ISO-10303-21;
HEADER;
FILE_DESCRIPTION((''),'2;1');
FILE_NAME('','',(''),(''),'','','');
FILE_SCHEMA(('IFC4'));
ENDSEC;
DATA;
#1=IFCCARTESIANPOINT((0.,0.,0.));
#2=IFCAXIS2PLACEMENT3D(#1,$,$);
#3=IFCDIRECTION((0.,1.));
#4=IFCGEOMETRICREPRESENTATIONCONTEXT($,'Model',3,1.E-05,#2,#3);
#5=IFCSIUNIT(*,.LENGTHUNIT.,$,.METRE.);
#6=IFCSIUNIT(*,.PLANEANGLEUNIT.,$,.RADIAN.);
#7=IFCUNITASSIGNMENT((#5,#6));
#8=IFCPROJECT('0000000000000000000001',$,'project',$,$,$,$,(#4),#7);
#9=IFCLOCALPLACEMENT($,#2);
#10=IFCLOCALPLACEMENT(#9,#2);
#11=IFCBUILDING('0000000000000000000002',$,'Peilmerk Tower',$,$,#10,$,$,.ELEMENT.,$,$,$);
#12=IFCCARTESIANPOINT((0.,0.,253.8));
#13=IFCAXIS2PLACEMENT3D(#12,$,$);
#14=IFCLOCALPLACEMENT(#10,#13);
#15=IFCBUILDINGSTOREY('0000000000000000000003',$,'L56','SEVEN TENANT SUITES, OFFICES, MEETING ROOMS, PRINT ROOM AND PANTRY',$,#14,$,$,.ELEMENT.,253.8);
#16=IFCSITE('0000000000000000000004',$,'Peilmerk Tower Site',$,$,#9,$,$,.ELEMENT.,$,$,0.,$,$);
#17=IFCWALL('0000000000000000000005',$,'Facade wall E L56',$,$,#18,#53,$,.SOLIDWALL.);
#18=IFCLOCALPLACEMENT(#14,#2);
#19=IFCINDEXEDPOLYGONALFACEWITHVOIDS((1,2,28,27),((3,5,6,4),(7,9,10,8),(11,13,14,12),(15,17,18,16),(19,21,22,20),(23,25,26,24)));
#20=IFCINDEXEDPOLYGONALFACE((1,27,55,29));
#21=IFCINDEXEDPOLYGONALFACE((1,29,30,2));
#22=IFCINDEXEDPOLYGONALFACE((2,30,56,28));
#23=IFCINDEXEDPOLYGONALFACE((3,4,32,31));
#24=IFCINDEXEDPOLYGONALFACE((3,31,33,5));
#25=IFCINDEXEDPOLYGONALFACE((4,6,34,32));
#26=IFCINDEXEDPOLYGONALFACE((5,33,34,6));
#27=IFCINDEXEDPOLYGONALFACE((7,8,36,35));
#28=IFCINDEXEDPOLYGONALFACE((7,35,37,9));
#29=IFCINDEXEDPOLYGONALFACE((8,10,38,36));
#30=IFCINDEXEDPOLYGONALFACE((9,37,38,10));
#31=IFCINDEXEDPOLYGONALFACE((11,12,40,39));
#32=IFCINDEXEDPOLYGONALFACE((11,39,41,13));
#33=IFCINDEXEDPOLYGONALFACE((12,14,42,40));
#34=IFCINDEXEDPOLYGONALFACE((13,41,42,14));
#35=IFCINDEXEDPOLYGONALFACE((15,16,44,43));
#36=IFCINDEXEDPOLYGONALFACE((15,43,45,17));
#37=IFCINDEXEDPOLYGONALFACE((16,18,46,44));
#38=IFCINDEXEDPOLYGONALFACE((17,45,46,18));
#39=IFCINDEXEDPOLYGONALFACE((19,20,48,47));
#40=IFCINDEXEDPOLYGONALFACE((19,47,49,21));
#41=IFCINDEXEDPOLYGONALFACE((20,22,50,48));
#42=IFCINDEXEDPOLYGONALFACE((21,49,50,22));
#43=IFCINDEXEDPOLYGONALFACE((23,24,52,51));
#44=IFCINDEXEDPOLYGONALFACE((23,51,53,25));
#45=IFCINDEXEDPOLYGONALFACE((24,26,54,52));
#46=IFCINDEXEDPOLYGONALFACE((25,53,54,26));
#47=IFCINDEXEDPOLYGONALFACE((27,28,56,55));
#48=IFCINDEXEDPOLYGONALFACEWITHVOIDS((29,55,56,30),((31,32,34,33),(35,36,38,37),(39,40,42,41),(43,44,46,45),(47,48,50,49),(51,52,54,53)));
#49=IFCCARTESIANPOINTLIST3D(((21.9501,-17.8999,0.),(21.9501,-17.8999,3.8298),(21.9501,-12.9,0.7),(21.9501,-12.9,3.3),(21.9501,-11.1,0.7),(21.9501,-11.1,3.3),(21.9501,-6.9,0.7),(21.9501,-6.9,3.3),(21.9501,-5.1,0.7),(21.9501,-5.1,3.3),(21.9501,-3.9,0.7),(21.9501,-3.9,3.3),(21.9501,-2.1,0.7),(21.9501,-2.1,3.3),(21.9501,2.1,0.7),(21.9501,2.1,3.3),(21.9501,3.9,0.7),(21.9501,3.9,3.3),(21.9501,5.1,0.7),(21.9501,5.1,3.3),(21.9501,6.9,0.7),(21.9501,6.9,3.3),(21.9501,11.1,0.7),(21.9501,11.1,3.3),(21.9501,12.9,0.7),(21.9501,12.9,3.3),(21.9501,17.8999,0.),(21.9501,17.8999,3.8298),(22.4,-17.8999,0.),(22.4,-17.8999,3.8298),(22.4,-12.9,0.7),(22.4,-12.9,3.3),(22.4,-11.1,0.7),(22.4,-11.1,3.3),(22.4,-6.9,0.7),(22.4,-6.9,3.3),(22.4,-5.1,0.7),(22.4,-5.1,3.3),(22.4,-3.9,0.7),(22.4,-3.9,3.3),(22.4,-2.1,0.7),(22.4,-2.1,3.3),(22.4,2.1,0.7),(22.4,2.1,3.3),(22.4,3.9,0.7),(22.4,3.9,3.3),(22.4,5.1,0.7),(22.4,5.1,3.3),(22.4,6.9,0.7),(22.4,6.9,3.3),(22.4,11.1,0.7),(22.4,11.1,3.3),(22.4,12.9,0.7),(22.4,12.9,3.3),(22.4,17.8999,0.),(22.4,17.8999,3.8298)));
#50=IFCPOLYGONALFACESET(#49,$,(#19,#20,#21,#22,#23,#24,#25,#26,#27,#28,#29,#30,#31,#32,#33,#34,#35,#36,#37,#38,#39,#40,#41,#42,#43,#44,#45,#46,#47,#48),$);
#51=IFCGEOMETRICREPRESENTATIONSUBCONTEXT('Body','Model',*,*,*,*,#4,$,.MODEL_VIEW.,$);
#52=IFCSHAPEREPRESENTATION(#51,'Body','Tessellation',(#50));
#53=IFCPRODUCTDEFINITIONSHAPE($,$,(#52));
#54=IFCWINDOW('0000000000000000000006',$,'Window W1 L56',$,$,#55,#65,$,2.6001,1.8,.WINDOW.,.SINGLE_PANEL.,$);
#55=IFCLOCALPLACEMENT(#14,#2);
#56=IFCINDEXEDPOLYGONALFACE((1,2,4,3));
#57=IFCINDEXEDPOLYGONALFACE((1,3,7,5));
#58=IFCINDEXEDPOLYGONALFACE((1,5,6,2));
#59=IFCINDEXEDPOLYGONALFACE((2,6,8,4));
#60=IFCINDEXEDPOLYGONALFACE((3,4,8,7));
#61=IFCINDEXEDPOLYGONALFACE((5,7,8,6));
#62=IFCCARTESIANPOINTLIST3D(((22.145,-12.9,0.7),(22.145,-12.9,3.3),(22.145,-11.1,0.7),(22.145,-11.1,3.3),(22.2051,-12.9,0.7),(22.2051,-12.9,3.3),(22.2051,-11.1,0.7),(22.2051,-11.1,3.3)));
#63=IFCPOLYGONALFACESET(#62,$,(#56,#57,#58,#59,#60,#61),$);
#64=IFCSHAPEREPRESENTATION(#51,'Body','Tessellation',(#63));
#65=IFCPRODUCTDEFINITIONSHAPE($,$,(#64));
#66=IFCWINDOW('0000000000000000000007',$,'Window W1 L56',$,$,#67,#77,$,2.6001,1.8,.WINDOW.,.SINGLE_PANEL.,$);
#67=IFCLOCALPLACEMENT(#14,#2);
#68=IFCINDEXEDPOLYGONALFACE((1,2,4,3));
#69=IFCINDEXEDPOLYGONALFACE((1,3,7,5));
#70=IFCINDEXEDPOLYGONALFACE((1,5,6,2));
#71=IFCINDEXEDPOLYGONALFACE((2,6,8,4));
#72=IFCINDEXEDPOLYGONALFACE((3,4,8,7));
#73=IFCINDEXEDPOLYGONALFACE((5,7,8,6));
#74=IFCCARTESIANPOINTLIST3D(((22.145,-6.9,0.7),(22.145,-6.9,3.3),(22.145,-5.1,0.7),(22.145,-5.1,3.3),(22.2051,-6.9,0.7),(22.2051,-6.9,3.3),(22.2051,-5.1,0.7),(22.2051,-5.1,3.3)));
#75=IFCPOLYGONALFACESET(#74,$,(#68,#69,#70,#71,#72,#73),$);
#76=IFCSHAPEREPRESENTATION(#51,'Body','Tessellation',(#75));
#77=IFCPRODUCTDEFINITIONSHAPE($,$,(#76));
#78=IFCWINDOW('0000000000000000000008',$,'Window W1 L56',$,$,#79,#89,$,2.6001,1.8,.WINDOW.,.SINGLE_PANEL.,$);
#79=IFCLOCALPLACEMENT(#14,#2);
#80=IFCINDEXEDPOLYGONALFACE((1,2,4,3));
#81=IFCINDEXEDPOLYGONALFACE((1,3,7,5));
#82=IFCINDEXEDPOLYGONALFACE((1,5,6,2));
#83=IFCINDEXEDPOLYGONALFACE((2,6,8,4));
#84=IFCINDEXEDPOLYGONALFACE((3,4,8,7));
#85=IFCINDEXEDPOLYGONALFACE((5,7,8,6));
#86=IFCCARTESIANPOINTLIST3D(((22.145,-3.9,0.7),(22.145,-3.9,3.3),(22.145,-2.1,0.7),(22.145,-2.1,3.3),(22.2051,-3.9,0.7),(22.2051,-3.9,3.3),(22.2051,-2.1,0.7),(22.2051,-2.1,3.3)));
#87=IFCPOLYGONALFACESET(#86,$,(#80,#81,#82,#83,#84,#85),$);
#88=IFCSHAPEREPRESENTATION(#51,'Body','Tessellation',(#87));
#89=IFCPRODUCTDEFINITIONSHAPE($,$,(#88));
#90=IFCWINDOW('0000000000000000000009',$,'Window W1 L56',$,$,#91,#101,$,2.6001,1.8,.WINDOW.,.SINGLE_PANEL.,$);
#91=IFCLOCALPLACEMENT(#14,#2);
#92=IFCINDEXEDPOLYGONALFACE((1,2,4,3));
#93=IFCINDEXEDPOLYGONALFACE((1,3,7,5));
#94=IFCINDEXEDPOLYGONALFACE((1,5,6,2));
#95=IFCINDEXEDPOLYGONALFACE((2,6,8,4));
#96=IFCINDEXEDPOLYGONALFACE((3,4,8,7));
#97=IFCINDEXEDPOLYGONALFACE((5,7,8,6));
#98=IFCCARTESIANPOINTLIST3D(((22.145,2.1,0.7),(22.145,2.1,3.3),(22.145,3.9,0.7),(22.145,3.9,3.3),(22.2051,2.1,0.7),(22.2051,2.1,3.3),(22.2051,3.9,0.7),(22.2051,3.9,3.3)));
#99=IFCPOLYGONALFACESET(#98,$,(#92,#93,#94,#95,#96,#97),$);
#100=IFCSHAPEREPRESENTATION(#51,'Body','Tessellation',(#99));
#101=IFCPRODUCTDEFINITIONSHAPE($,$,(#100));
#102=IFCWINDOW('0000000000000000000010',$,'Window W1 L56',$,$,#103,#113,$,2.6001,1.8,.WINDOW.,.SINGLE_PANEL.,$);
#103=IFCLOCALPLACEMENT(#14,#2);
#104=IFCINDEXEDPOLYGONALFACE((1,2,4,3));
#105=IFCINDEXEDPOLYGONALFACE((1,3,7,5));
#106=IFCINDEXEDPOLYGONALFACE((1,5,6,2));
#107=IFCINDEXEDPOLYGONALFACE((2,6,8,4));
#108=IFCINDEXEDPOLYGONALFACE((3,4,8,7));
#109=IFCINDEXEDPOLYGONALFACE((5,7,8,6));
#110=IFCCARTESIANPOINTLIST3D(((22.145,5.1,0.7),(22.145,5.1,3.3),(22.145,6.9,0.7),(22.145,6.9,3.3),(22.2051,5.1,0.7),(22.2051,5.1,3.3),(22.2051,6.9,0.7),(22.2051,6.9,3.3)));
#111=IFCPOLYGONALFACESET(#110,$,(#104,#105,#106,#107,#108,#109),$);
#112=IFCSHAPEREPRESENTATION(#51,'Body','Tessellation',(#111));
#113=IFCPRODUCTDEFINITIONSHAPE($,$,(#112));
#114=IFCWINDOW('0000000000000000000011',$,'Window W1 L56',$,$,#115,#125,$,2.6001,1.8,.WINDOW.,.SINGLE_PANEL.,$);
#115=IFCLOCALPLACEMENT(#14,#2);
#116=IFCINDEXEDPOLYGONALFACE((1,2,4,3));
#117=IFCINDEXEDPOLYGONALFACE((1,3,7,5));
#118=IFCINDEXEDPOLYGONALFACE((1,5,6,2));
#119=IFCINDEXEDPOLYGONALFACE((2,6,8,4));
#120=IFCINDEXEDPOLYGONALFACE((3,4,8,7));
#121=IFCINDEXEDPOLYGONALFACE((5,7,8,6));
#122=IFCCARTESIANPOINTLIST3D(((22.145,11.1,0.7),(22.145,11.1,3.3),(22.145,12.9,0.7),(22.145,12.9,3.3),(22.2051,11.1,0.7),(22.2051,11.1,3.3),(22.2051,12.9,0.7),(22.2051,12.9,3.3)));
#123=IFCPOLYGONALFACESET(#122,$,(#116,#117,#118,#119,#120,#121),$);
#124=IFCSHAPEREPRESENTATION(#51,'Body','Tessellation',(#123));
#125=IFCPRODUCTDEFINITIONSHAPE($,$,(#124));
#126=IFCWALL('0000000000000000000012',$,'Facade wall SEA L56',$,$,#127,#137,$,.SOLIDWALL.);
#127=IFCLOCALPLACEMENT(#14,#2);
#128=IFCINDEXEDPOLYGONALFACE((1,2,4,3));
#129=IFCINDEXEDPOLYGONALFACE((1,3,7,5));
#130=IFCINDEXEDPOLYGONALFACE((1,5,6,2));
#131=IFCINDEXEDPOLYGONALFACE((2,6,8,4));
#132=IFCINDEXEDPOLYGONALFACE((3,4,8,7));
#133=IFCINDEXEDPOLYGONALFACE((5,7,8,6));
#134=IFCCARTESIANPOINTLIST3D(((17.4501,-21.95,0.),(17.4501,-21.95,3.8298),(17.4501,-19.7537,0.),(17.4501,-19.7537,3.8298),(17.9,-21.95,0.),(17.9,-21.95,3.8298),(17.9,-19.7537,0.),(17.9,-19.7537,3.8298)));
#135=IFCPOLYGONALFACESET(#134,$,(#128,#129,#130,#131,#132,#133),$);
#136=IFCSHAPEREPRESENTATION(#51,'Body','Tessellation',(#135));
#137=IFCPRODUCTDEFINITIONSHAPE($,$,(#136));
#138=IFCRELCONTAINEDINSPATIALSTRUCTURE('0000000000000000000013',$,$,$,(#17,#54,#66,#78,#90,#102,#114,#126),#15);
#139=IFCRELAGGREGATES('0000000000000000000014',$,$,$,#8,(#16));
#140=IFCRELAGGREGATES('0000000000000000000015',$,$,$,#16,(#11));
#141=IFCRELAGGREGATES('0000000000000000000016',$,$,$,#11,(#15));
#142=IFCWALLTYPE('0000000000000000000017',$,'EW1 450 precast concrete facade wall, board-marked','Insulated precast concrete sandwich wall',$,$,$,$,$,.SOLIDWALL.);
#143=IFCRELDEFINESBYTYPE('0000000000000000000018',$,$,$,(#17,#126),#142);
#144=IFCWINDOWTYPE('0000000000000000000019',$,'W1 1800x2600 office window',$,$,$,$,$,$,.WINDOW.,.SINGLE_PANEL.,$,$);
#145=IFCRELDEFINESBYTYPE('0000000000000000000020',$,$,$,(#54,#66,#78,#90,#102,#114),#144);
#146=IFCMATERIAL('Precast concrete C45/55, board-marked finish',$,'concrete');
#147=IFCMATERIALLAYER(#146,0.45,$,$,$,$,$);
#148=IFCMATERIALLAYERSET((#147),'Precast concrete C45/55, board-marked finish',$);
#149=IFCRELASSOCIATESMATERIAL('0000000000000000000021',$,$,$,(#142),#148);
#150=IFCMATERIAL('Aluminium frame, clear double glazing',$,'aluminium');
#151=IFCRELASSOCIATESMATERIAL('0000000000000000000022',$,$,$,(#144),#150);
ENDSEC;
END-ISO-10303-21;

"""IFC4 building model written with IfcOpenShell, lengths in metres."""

from ifc_helpers import new_model, si_unit, direction, frame, frame_2d, origin, place, context, subcontext, project, spatial, rectangle, extrude, material, layer, layer_set, type_object, element, fill, save


model = new_model("IFC4")

# Units and contexts
model_context = context("Model", 3, precision=1e-05, world=origin(), true_north=direction((0.0, 1.0)))
body_context = subcontext(model_context, "Body", "Model", "MODEL_VIEW")
ifc_project = project(units=[si_unit("LENGTHUNIT", "METRE"), si_unit("PLANEANGLEUNIT", "RADIAN")], contexts=[model_context])

# Site, building, storey
site_placement = place(None, origin())
site = spatial("IfcSite", under=ifc_project, at=site_placement, Name="Peilmerk Tower Site", CompositionType="ELEMENT", RefElevation=0.0)
building_placement = place(site_placement, origin())
building = spatial("IfcBuilding", under=site, at=building_placement, Name="Peilmerk Tower", CompositionType="ELEMENT")
storey_placement = place(building_placement, frame((0.0, 0.0, 253.8)))
storey = spatial("IfcBuildingStorey", under=building, at=storey_placement, Name="L56", Description="SEVEN TENANT SUITES, OFFICES, MEETING ROOMS, PRINT ROOM AND PANTRY", CompositionType="ELEMENT", Elevation=253.8)

# Wall, openings, windows
ifc_material_1 = material(Name="Precast concrete C45/55, board-marked finish", Category="concrete")
ifc_layer_1 = layer(ifc_material_1, 0.45)
ifc_layer_set_1 = layer_set([ifc_layer_1], Name="Precast concrete C45/55, board-marked finish")
wall_type = type_object("IfcWallType", Name="EW1 450 precast concrete facade wall, board-marked", Description="Insulated precast concrete sandwich wall", PredefinedType="SOLIDWALL", material=ifc_layer_set_1)
wall_1_placement = place(storey_placement, frame((22.175, -17.8999, 0.0), z_axis=(0.0, 0.0, 1.0), x_axis=(0.0, 1.0, 0.0)))
wall_1 = element("IfcWall", 1, at=wall_1_placement, inside=storey, type_object=wall_type, Name="Facade wall E L56", PredefinedType="SOLIDWALL", context=body_context, shape_type="SweptSolid", body=[
    extrude(rectangle(XDim=35.7998, YDim=0.45, at=frame_2d((17.8999, 0.0))), origin(), (0.0, 0.0, 1.0), 3.8298),
])
opening_1_placement = place(wall_1_placement, frame((5.0, 0.0, 0.7)))
opening_1 = element("IfcOpeningElement", 2, at=opening_1_placement, cuts=wall_1, PredefinedType="OPENING", context=body_context, shape_type="SweptSolid", body=[
    extrude(rectangle(XDim=1.8, YDim=2.6001, at=frame_2d((0.8999, 1.3))), frame((0.0, 0.2349, 0.0), z_axis=(0.0, -1.0, 0.0), x_axis=(1.0, 0.0, 0.0)), (0.0, 0.0, 1.0), 0.47),
])
opening_2_placement = place(wall_1_placement, frame((11.0, 0.0, 0.7)))
opening_2 = element("IfcOpeningElement", 3, at=opening_2_placement, cuts=wall_1, PredefinedType="OPENING", context=body_context, shape_type="SweptSolid", body=[
    extrude(rectangle(XDim=1.8, YDim=2.6001, at=frame_2d((0.8999, 1.3))), frame((0.0, 0.2349, 0.0), z_axis=(0.0, -1.0, 0.0), x_axis=(1.0, 0.0, 0.0)), (0.0, 0.0, 1.0), 0.47),
])
opening_3_placement = place(wall_1_placement, frame((14.0, 0.0, 0.7)))
opening_3 = element("IfcOpeningElement", 4, at=opening_3_placement, cuts=wall_1, PredefinedType="OPENING", context=body_context, shape_type="SweptSolid", body=[
    extrude(rectangle(XDim=1.8, YDim=2.6001, at=frame_2d((0.8999, 1.3))), frame((0.0, 0.2349, 0.0), z_axis=(0.0, -1.0, 0.0), x_axis=(1.0, 0.0, 0.0)), (0.0, 0.0, 1.0), 0.47),
])
opening_4_placement = place(wall_1_placement, frame((20.0, 0.0, 0.7)))
opening_4 = element("IfcOpeningElement", 5, at=opening_4_placement, cuts=wall_1, PredefinedType="OPENING", context=body_context, shape_type="SweptSolid", body=[
    extrude(rectangle(XDim=1.8, YDim=2.6001, at=frame_2d((0.8999, 1.3))), frame((0.0, 0.2349, 0.0), z_axis=(0.0, -1.0, 0.0), x_axis=(1.0, 0.0, 0.0)), (0.0, 0.0, 1.0), 0.47),
])
opening_5_placement = place(wall_1_placement, frame((23.0, 0.0, 0.7)))
opening_5 = element("IfcOpeningElement", 6, at=opening_5_placement, cuts=wall_1, PredefinedType="OPENING", context=body_context, shape_type="SweptSolid", body=[
    extrude(rectangle(XDim=1.8, YDim=2.6001, at=frame_2d((0.8999, 1.3))), frame((0.0, 0.2349, 0.0), z_axis=(0.0, -1.0, 0.0), x_axis=(1.0, 0.0, 0.0)), (0.0, 0.0, 1.0), 0.47),
])
opening_6_placement = place(wall_1_placement, frame((29.0, 0.0, 0.7)))
opening_6 = element("IfcOpeningElement", 7, at=opening_6_placement, cuts=wall_1, PredefinedType="OPENING", context=body_context, shape_type="SweptSolid", body=[
    extrude(rectangle(XDim=1.8, YDim=2.6001, at=frame_2d((0.8999, 1.3))), frame((0.0, 0.2349, 0.0), z_axis=(0.0, -1.0, 0.0), x_axis=(1.0, 0.0, 0.0)), (0.0, 0.0, 1.0), 0.47),
])
ifc_material_2 = material(Name="Aluminium frame, clear double glazing", Category="aluminium")
window_type = type_object("IfcWindowType", Name="W1 1800x2600 office window", PartitioningType="SINGLE_PANEL", PredefinedType="WINDOW", material=ifc_material_2)
window_1_placement = place(opening_1_placement, origin())
window_1 = element("IfcWindow", 8, at=window_1_placement, inside=storey, type_object=window_type, Name="Window W1 L56", OverallHeight=2.6001, OverallWidth=1.8, PartitioningType="SINGLE_PANEL", PredefinedType="WINDOW", context=body_context, shape_type="SweptSolid", body=[
    extrude(rectangle(XDim=1.8, YDim=2.6001, at=frame_2d((0.8999, 1.3))), frame((0.0, 0.03, 0.0), z_axis=(0.0, -1.0, 0.0), x_axis=(1.0, 0.0, 0.0)), (0.0, 0.0, 1.0), 0.0601),
])
fill(opening_1, window_1)
window_2_placement = place(opening_2_placement, origin())
window_2 = element("IfcWindow", 9, at=window_2_placement, inside=storey, type_object=window_type, Name="Window W1 L56", OverallHeight=2.6001, OverallWidth=1.8, PartitioningType="SINGLE_PANEL", PredefinedType="WINDOW", context=body_context, shape_type="SweptSolid", body=[
    extrude(rectangle(XDim=1.8, YDim=2.6001, at=frame_2d((0.8999, 1.3))), frame((0.0, 0.03, 0.0), z_axis=(0.0, -1.0, 0.0), x_axis=(1.0, 0.0, 0.0)), (0.0, 0.0, 1.0), 0.0601),
])
fill(opening_2, window_2)
window_3_placement = place(opening_3_placement, origin())
window_3 = element("IfcWindow", 10, at=window_3_placement, inside=storey, type_object=window_type, Name="Window W1 L56", OverallHeight=2.6001, OverallWidth=1.8, PartitioningType="SINGLE_PANEL", PredefinedType="WINDOW", context=body_context, shape_type="SweptSolid", body=[
    extrude(rectangle(XDim=1.8, YDim=2.6001, at=frame_2d((0.8999, 1.3))), frame((0.0, 0.03, 0.0), z_axis=(0.0, -1.0, 0.0), x_axis=(1.0, 0.0, 0.0)), (0.0, 0.0, 1.0), 0.0601),
])
fill(opening_3, window_3)
window_4_placement = place(opening_4_placement, origin())
window_4 = element("IfcWindow", 11, at=window_4_placement, inside=storey, type_object=window_type, Name="Window W1 L56", OverallHeight=2.6001, OverallWidth=1.8, PartitioningType="SINGLE_PANEL", PredefinedType="WINDOW", context=body_context, shape_type="SweptSolid", body=[
    extrude(rectangle(XDim=1.8, YDim=2.6001, at=frame_2d((0.8999, 1.3))), frame((0.0, 0.03, 0.0), z_axis=(0.0, -1.0, 0.0), x_axis=(1.0, 0.0, 0.0)), (0.0, 0.0, 1.0), 0.0601),
])
fill(opening_4, window_4)
window_5_placement = place(opening_5_placement, origin())
window_5 = element("IfcWindow", 12, at=window_5_placement, inside=storey, type_object=window_type, Name="Window W1 L56", OverallHeight=2.6001, OverallWidth=1.8, PartitioningType="SINGLE_PANEL", PredefinedType="WINDOW", context=body_context, shape_type="SweptSolid", body=[
    extrude(rectangle(XDim=1.8, YDim=2.6001, at=frame_2d((0.8999, 1.3))), frame((0.0, 0.03, 0.0), z_axis=(0.0, -1.0, 0.0), x_axis=(1.0, 0.0, 0.0)), (0.0, 0.0, 1.0), 0.0601),
])
fill(opening_5, window_5)
window_6_placement = place(opening_6_placement, origin())
window_6 = element("IfcWindow", 13, at=window_6_placement, inside=storey, type_object=window_type, Name="Window W1 L56", OverallHeight=2.6001, OverallWidth=1.8, PartitioningType="SINGLE_PANEL", PredefinedType="WINDOW", context=body_context, shape_type="SweptSolid", body=[
    extrude(rectangle(XDim=1.8, YDim=2.6001, at=frame_2d((0.8999, 1.3))), frame((0.0, 0.03, 0.0), z_axis=(0.0, -1.0, 0.0), x_axis=(1.0, 0.0, 0.0)), (0.0, 0.0, 1.0), 0.0601),
])
fill(opening_6, window_6)

# Wall
wall_2_placement = place(storey_placement, frame((17.675, -19.7537, 0.0), z_axis=(0.0, 0.0, 1.0), x_axis=(0.0, -1.0, 0.0)))
element("IfcWall", 14, at=wall_2_placement, inside=storey, type_object=wall_type, Name="Facade wall SEA L56", PredefinedType="SOLIDWALL", context=body_context, shape_type="SweptSolid", body=[
    extrude(rectangle(XDim=2.1963, YDim=0.45, at=frame_2d((1.0981, 0.0))), origin(), (0.0, 0.0, 1.0), 3.8298),
])

save(model, "model.ifc")
